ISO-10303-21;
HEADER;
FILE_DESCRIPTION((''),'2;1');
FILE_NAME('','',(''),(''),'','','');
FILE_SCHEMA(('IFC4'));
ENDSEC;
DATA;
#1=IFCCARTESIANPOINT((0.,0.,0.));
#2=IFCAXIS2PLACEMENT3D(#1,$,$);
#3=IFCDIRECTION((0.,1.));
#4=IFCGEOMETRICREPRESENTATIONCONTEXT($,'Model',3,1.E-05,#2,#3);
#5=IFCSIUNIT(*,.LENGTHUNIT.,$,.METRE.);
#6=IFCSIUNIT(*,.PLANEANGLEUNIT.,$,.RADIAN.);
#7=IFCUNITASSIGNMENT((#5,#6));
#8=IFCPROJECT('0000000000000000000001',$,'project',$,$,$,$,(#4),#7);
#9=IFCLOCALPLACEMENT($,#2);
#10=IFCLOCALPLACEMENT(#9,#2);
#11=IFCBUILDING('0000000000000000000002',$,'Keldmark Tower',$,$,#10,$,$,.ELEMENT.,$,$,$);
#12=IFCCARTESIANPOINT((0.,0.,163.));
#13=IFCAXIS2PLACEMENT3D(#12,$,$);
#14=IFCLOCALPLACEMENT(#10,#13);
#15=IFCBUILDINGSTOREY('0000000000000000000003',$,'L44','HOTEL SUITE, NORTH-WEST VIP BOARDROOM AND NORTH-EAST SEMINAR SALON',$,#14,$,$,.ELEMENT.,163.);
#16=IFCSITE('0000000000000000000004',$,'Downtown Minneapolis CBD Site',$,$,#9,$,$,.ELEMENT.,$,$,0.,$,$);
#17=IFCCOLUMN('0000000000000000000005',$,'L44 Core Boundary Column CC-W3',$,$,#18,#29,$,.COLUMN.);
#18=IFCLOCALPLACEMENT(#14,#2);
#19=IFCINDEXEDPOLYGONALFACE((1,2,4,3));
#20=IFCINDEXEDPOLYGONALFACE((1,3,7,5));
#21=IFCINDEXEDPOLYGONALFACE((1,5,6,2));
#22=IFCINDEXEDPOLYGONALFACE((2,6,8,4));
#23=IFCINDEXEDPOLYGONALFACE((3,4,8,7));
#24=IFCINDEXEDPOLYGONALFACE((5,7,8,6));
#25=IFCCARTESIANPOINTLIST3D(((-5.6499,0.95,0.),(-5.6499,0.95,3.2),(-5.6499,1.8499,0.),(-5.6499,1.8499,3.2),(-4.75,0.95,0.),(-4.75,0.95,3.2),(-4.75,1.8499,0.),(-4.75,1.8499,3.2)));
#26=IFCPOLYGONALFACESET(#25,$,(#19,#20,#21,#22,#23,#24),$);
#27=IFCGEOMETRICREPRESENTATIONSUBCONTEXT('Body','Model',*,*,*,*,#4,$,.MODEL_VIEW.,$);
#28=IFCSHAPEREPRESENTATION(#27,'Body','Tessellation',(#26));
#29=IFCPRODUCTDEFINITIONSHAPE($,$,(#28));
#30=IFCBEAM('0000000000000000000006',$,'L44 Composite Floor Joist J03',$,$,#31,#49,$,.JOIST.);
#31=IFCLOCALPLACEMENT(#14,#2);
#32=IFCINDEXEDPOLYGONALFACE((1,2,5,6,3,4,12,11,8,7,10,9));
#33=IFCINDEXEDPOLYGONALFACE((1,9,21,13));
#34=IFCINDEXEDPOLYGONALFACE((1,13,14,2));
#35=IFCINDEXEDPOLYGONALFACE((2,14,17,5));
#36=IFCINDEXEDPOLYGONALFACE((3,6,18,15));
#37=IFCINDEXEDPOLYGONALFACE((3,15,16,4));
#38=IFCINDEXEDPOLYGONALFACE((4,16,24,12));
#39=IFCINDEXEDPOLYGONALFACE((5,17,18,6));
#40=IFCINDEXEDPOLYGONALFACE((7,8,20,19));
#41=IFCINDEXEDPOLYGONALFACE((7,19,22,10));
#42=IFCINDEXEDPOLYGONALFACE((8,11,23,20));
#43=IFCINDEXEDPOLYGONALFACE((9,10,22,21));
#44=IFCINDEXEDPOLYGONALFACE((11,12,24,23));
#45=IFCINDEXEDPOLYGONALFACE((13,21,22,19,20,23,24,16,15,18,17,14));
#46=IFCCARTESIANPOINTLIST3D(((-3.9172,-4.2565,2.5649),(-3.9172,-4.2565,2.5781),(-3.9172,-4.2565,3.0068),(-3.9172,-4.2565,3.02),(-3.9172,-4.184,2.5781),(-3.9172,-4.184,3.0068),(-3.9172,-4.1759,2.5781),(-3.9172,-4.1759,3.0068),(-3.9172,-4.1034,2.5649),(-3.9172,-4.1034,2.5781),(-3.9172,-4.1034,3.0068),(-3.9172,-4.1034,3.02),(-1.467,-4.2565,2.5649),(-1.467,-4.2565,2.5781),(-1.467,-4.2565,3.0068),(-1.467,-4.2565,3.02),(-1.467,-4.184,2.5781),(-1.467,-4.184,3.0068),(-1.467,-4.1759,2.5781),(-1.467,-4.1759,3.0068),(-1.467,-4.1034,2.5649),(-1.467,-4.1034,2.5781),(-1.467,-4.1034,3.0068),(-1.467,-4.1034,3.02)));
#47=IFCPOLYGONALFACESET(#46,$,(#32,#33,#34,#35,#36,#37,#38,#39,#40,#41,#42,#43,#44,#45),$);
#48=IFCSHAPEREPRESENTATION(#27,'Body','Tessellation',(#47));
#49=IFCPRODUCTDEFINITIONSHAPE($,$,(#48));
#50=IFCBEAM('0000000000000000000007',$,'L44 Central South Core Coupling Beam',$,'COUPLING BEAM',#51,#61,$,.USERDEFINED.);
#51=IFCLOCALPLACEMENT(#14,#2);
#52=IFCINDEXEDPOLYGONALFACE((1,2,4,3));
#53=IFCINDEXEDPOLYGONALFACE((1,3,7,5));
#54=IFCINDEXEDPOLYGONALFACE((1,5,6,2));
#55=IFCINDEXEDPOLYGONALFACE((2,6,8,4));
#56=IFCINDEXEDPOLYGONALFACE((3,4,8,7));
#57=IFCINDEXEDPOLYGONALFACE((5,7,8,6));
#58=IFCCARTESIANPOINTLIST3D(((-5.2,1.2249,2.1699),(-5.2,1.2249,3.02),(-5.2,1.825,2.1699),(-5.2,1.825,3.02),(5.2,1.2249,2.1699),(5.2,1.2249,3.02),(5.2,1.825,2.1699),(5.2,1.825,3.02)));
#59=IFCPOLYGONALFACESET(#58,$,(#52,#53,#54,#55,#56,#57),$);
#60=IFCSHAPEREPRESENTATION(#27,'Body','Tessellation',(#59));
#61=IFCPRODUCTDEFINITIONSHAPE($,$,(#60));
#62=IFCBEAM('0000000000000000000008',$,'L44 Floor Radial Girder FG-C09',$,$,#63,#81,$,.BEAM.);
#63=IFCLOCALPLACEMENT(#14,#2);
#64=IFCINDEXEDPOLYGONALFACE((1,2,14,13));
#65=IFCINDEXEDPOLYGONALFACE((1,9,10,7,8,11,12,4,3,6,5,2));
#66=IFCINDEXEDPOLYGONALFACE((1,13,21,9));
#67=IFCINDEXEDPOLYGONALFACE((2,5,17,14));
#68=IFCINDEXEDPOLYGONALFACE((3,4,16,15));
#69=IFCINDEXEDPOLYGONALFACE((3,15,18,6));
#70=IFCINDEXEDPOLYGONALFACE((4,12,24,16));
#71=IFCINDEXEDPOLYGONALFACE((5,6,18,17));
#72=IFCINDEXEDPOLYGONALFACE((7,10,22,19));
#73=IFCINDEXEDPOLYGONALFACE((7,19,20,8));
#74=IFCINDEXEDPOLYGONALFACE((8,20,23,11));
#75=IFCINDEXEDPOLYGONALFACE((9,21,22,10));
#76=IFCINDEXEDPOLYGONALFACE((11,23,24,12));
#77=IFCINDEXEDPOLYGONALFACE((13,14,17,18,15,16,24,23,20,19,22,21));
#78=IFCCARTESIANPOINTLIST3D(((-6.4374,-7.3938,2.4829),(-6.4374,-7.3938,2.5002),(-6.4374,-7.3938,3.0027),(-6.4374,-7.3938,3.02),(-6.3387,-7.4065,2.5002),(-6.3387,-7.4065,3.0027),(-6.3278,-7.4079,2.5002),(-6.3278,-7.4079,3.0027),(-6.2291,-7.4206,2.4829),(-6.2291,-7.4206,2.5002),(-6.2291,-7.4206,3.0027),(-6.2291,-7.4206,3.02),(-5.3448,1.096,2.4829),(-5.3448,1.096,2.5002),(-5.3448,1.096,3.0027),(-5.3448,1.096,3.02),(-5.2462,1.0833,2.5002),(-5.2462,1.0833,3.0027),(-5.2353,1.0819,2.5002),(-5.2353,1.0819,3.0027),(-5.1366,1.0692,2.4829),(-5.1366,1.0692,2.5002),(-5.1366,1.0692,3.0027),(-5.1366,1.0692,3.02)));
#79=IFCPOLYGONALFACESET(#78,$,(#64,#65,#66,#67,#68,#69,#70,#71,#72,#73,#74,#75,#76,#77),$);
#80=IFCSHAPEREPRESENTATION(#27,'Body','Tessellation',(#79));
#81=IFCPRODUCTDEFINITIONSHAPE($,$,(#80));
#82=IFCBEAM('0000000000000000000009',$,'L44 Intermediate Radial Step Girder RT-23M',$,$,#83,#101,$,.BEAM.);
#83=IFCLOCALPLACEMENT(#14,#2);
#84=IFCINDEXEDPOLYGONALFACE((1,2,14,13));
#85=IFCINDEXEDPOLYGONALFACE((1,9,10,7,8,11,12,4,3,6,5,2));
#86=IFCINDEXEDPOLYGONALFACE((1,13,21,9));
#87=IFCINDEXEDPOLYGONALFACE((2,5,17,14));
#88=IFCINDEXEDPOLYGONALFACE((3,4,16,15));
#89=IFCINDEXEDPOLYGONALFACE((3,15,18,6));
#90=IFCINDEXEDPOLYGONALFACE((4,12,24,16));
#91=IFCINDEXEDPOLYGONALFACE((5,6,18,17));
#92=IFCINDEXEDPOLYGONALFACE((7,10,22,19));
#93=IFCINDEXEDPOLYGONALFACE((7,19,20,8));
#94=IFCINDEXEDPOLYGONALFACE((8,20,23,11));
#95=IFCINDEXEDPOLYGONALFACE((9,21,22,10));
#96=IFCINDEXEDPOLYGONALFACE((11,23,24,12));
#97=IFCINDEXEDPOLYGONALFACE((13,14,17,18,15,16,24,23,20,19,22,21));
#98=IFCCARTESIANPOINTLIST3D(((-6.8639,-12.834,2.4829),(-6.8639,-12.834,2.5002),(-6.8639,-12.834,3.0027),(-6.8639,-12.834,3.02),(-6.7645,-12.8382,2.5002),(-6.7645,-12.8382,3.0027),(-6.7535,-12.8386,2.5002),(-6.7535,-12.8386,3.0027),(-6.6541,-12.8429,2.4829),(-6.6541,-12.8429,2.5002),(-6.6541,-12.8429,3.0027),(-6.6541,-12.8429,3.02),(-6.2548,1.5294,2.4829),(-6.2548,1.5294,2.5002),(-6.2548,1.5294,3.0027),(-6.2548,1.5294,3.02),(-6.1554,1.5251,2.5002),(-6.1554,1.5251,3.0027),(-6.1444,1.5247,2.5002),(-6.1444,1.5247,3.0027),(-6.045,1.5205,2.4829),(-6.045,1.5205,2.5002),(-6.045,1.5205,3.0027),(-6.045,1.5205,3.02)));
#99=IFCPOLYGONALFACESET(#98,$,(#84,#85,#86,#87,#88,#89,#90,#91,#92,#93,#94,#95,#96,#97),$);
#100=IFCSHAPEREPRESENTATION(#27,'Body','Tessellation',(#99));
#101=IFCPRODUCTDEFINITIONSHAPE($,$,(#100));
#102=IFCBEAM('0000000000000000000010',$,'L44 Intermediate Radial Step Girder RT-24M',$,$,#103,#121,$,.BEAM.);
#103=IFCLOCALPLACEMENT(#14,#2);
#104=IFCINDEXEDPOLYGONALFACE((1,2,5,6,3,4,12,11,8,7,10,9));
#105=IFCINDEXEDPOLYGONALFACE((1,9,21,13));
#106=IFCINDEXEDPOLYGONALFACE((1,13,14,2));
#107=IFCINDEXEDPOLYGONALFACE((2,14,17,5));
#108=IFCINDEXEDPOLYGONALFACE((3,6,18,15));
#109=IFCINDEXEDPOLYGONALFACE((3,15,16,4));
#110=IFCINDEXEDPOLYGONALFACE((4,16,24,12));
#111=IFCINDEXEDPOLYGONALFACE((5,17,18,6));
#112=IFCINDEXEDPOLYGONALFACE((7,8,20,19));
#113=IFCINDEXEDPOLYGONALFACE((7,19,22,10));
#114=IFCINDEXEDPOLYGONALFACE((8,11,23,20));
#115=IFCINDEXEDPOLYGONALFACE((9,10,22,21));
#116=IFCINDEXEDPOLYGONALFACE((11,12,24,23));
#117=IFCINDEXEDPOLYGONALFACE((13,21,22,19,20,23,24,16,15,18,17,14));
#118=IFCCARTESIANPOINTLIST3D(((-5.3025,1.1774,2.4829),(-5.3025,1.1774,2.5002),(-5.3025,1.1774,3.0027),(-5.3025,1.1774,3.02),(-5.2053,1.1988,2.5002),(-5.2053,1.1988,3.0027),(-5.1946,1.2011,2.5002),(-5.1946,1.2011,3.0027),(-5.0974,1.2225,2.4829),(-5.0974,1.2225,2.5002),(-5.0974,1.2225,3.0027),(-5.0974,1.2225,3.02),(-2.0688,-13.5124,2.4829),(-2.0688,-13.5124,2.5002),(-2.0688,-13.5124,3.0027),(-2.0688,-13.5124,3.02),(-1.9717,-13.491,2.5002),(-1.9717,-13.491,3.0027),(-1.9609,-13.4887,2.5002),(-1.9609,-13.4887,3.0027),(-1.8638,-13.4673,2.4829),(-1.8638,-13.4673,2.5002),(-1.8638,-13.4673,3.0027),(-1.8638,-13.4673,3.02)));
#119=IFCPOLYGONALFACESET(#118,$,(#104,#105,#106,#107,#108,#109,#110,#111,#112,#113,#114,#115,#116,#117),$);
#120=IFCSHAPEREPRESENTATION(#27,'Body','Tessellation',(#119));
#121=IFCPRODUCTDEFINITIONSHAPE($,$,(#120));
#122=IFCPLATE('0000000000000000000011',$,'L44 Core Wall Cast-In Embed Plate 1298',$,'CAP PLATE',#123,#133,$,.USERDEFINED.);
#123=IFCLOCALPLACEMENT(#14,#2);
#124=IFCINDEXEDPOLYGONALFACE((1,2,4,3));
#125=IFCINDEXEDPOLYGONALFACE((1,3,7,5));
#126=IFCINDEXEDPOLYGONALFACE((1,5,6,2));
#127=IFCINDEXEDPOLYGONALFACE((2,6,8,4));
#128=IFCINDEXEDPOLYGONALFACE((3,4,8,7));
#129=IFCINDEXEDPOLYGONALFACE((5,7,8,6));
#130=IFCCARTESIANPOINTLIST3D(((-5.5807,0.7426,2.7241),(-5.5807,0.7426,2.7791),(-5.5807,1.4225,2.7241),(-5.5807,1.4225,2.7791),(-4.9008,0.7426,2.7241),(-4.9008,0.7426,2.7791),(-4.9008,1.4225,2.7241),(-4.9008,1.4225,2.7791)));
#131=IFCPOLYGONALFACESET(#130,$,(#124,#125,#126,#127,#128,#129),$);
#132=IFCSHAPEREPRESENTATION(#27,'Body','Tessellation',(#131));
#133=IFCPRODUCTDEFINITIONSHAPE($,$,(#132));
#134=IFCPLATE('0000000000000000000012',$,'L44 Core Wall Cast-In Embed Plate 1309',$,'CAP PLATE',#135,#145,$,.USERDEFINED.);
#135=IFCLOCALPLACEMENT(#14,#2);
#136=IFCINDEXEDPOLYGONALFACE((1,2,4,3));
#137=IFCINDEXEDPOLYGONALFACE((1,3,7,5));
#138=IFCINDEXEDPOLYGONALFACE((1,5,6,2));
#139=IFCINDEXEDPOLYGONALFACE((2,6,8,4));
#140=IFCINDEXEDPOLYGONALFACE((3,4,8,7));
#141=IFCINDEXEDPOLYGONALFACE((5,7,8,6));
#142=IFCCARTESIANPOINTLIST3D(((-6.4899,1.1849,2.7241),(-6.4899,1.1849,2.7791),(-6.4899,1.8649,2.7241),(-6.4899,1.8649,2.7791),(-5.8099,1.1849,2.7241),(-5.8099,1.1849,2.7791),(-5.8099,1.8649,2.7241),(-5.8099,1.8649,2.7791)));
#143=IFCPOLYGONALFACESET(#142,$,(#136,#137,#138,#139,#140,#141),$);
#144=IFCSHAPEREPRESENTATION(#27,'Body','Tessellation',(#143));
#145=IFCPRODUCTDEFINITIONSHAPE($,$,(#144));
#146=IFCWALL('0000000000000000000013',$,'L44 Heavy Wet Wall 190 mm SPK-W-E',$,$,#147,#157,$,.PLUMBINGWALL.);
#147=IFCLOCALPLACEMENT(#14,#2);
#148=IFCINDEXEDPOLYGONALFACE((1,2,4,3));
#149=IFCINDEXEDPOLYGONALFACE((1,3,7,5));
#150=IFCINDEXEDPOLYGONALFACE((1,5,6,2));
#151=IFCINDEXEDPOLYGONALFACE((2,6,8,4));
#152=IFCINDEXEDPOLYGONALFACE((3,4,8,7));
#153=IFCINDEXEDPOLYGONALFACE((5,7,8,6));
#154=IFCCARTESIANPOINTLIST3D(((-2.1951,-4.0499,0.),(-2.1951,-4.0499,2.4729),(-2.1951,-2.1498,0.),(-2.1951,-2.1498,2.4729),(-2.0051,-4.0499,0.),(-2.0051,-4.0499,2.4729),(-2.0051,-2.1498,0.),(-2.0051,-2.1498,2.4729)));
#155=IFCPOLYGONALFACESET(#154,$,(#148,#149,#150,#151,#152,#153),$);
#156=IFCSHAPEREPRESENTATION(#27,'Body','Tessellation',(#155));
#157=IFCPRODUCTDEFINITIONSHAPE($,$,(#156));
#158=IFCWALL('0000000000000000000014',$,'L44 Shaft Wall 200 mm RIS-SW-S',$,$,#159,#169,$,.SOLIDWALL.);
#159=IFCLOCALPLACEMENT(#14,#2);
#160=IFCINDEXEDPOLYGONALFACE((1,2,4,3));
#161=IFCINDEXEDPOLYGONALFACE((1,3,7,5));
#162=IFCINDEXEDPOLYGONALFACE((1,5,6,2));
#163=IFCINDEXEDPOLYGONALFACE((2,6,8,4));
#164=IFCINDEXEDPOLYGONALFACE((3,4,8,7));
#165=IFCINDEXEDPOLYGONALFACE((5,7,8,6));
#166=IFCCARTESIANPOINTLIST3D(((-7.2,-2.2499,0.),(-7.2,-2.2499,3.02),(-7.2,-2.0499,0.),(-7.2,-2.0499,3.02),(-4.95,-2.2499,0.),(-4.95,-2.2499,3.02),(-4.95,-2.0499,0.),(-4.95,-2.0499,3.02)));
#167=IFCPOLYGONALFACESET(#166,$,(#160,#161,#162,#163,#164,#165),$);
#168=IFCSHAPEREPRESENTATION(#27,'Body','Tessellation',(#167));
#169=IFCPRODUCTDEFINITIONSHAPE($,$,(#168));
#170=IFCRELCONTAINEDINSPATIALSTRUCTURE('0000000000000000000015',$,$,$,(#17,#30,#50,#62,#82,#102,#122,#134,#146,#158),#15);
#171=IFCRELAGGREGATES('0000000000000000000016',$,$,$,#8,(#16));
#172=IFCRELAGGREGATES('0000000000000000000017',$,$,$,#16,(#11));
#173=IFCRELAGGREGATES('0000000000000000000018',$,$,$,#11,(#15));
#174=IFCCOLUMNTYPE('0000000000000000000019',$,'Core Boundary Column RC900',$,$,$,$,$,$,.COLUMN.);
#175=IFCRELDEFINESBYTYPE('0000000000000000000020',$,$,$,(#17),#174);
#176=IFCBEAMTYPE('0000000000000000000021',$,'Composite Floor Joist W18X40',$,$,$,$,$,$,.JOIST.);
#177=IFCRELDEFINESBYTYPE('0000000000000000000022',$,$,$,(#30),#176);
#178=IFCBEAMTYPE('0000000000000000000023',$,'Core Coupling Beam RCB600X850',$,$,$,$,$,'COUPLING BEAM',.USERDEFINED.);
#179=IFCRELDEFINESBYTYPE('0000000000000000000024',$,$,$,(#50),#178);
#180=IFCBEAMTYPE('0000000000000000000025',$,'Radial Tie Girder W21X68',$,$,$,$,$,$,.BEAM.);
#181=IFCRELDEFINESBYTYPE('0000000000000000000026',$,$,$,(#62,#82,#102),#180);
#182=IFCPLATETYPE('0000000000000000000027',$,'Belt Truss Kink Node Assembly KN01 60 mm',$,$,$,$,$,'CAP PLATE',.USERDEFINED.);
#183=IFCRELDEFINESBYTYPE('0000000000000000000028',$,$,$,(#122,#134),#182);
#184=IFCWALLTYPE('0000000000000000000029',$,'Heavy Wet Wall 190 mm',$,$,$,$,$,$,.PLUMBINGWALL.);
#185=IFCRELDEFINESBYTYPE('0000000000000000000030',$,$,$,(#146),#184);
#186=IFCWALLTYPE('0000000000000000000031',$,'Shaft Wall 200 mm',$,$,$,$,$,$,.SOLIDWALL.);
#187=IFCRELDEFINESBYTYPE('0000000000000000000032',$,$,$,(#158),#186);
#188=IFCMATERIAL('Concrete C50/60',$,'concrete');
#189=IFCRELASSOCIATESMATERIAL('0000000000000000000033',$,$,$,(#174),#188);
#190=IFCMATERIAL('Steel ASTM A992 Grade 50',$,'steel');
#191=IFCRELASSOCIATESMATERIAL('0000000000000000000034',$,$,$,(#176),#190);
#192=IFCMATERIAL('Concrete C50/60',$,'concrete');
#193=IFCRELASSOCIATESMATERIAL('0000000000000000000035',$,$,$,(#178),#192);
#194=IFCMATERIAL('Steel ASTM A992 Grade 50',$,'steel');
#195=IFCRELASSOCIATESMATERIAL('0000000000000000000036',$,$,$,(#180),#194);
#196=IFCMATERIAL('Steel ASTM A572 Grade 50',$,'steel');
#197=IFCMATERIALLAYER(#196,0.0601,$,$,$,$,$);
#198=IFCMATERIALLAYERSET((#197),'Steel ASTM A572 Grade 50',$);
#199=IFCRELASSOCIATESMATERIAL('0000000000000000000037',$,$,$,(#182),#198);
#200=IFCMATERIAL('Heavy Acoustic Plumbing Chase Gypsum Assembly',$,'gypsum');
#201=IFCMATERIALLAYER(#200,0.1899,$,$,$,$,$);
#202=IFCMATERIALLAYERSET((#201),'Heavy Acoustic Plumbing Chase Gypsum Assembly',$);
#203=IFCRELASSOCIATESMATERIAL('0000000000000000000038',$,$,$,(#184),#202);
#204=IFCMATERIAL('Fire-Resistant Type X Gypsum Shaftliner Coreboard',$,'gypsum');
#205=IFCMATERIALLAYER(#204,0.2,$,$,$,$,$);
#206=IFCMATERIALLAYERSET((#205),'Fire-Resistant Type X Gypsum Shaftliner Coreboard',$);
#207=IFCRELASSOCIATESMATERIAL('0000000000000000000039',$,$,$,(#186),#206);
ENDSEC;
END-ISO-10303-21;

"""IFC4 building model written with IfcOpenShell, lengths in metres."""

from ifc_helpers import new_model, si_unit, direction, frame, frame_2d, origin, origin_2d, place, context, subcontext, project, spatial, rectangle, i_section, extrude, material, layer, layer_set, material_profile, profile_set, type_object, element, save


model = new_model("IFC4")

# Units and contexts
model_context = context("Model", 3, precision=1e-05, world=origin(), true_north=direction((0.0, 1.0)))
body_context = subcontext(model_context, "Body", "Model", "MODEL_VIEW")
ifc_project = project(units=[si_unit("LENGTHUNIT", "METRE"), si_unit("PLANEANGLEUNIT", "RADIAN")], contexts=[model_context])

# Site, building, storey
site_placement = place(None, origin())
site = spatial("IfcSite", under=ifc_project, at=site_placement, Name="Downtown Minneapolis CBD Site", CompositionType="ELEMENT", RefElevation=0.0)
building_placement = place(site_placement, origin())
building = spatial("IfcBuilding", under=site, at=building_placement, Name="Keldmark Tower", CompositionType="ELEMENT")
storey_placement = place(building_placement, frame((0.0, 0.0, 163.0)))
storey = spatial("IfcBuildingStorey", under=building, at=storey_placement, Name="L44", Description="HOTEL SUITE, NORTH-WEST VIP BOARDROOM AND NORTH-EAST SEMINAR SALON", CompositionType="ELEMENT", Elevation=163.0)

# Column
ifc_material_1 = material(Name="Concrete C50/60", Category="concrete")
ifc_material_profile_1 = material_profile(ifc_material_1, rectangle(XDim=0.8999, YDim=0.8999, at=origin_2d()), Name="RC900X900")
ifc_profile_set_1 = profile_set([ifc_material_profile_1], Name="Concrete C50/60")
column_type = type_object("IfcColumnType", Name="Core Boundary Column RC900", PredefinedType="COLUMN", material=ifc_profile_set_1)
column_placement = place(storey_placement, frame((-5.2, 1.3999, 0.0), z_axis=(0.0, 0.0, 1.0), x_axis=(1.0, 0.0, 0.0)))
element("IfcColumn", 1, at=column_placement, inside=storey, type_object=column_type, Name="L44 Core Boundary Column CC-W3", PredefinedType="COLUMN", context=body_context, shape_type="SweptSolid", body=[
    extrude(rectangle(XDim=0.8999, YDim=0.8999, at=origin_2d()), origin(), (0.0, 0.0, 1.0), 3.2),
])

# Beams
ifc_material_2 = material(Name="Steel ASTM A992 Grade 50", Category="steel")
ifc_material_profile_2 = material_profile(ifc_material_2, i_section(OverallWidth=0.1531, OverallDepth=0.4551, WebThickness=0.0081, FlangeThickness=0.0132, at=origin_2d()), Name="W18X40")
ifc_profile_set_2 = profile_set([ifc_material_profile_2], Name="Steel ASTM A992 Grade 50")
beam_type_1 = type_object("IfcBeamType", Name="Composite Floor Joist W18X40", PredefinedType="JOIST", material=ifc_profile_set_2)
beam_1_placement = place(storey_placement, frame((-3.9172, -4.1799, 2.7925), z_axis=(1.0, 0.0, 0.0), x_axis=(0.0, 1.0, 0.0)))
element("IfcBeam", 2, at=beam_1_placement, inside=storey, type_object=beam_type_1, Name="L44 Composite Floor Joist J03", PredefinedType="JOIST", context=body_context, shape_type="SweptSolid", body=[
    extrude(i_section(OverallWidth=0.1531, OverallDepth=0.4551, WebThickness=0.0081, FlangeThickness=0.0132, at=origin_2d()), origin(), (0.0, 0.0, 1.0), 2.4502),
])
ifc_material_3 = material(Name="Concrete C50/60", Category="concrete")
ifc_material_profile_3 = material_profile(ifc_material_3, rectangle(XDim=0.6001, YDim=0.8501, at=origin_2d()), Name="RCB600X850")
ifc_profile_set_3 = profile_set([ifc_material_profile_3], Name="Concrete C50/60")
beam_type_2 = type_object("IfcBeamType", Name="Core Coupling Beam RCB600X850", ElementType="COUPLING BEAM", PredefinedType="USERDEFINED", material=ifc_profile_set_3)
beam_2_placement = place(storey_placement, frame((-5.2, 1.5249, 2.595), z_axis=(1.0, 0.0, 0.0), x_axis=(0.0, 1.0, 0.0)))
element("IfcBeam", 3, at=beam_2_placement, inside=storey, type_object=beam_type_2, Name="L44 Central South Core Coupling Beam", ObjectType="COUPLING BEAM", PredefinedType="USERDEFINED", context=body_context, shape_type="SweptSolid", body=[
    extrude(rectangle(XDim=0.6001, YDim=0.8501, at=origin_2d()), origin(), (0.0, 0.0, 1.0), 10.3999),
])
ifc_material_4 = material(Name="Steel ASTM A992 Grade 50", Category="steel")
ifc_material_profile_4 = material_profile(ifc_material_4, i_section(OverallWidth=0.21, OverallDepth=0.5371, WebThickness=0.011, FlangeThickness=0.0173, at=origin_2d()), Name="W21X68")
ifc_profile_set_4 = profile_set([ifc_material_profile_4], Name="Steel ASTM A992 Grade 50")
beam_type_3 = type_object("IfcBeamType", Name="Radial Tie Girder W21X68", PredefinedType="BEAM", material=ifc_profile_set_4)
beam_3_placement = place(storey_placement, frame((-6.3333, -7.4072, 2.7515), z_axis=(0.127636, 0.991821, 0.0), x_axis=(-0.991821, 0.127636, 0.0)))
element("IfcBeam", 4, at=beam_3_placement, inside=storey, type_object=beam_type_3, Name="L44 Floor Radial Girder FG-C09", PredefinedType="BEAM", context=body_context, shape_type="SweptSolid", body=[
    extrude(i_section(OverallWidth=0.21, OverallDepth=0.5371, WebThickness=0.011, FlangeThickness=0.0173, at=origin_2d()), origin(), (0.0, 0.0, 1.0), 8.5598),
])
beam_4_placement = place(storey_placement, frame((-6.1499, 1.5249, 2.7515), z_axis=(-0.042371, -0.999102, 0.0), x_axis=(0.999102, -0.042371, 0.0)))
element("IfcBeam", 5, at=beam_4_placement, inside=storey, type_object=beam_type_3, Name="L44 Intermediate Radial Step Girder RT-23M", PredefinedType="BEAM", context=body_context, shape_type="SweptSolid", body=[
    extrude(i_section(OverallWidth=0.21, OverallDepth=0.5371, WebThickness=0.011, FlangeThickness=0.0173, at=origin_2d()), origin(), (0.0, 0.0, 1.0), 14.3762),
])
beam_5_placement = place(storey_placement, frame((-5.2, 1.2, 2.7515), z_axis=(0.214983, -0.976618, 0.0), x_axis=(0.976618, 0.214983, 0.0)))
element("IfcBeam", 6, at=beam_5_placement, inside=storey, type_object=beam_type_3, Name="L44 Intermediate Radial Step Girder RT-24M", PredefinedType="BEAM", context=body_context, shape_type="SweptSolid", body=[
    extrude(i_section(OverallWidth=0.21, OverallDepth=0.5371, WebThickness=0.011, FlangeThickness=0.0173, at=origin_2d()), origin(), (0.0, 0.0, 1.0), 15.0415),
])

# Plates
ifc_material_5 = material(Name="Steel ASTM A572 Grade 50", Category="steel")
ifc_layer_1 = layer(ifc_material_5, 0.0601)
ifc_layer_set_1 = layer_set([ifc_layer_1], Name="Steel ASTM A572 Grade 50")
plate_type = type_object("IfcPlateType", Name="Belt Truss Kink Node Assembly KN01 60 mm", ElementType="CAP PLATE", PredefinedType="USERDEFINED", material=ifc_layer_set_1)
for number, where, z_axis, x_axis, name in (
    (7, (-5.2407, 1.0825, 2.7241), (0.0, 0.0, 1.0), (1.0, 0.0, 0.0), "L44 Core Wall Cast-In Embed Plate 1298"),
    (8, (-6.1499, 1.5249, 2.7241), (0.0, 0.0, 1.0), (1.0, 0.0, 0.0), "L44 Core Wall Cast-In Embed Plate 1309"),
):
    element("IfcPlate", number, at=place(storey_placement, frame(where, z_axis=z_axis, x_axis=x_axis)), inside=storey, type_object=plate_type, Name=name, ObjectType="CAP PLATE", PredefinedType="USERDEFINED", context=body_context, shape_type="SweptSolid", body=[
        extrude(rectangle(XDim=0.6799, YDim=0.6799, at=origin_2d()), origin(), (0.0, 0.0, 1.0), 0.0549),
    ])

# Walls
ifc_material_6 = material(Name="Heavy Acoustic Plumbing Chase Gypsum Assembly", Category="gypsum")
ifc_layer_2 = layer(ifc_material_6, 0.1899)
ifc_layer_set_2 = layer_set([ifc_layer_2], Name="Heavy Acoustic Plumbing Chase Gypsum Assembly")
wall_type_1 = type_object("IfcWallType", Name="Heavy Wet Wall 190 mm", PredefinedType="PLUMBINGWALL", material=ifc_layer_set_2)
wall_1_placement = place(storey_placement, frame((-2.1001, -4.05, 0.0), z_axis=(0.0, 0.0, 1.0), x_axis=(0.0, 1.0, 0.0)))
element("IfcWall", 9, at=wall_1_placement, inside=storey, type_object=wall_type_1, Name="L44 Heavy Wet Wall 190 mm SPK-W-E", PredefinedType="PLUMBINGWALL", context=body_context, shape_type="SweptSolid", body=[
    extrude(rectangle(XDim=1.9001, YDim=0.1899, at=frame_2d((0.9502, 0.0))), origin(), (0.0, 0.0, 1.0), 2.4729),
])
ifc_material_7 = material(Name="Fire-Resistant Type X Gypsum Shaftliner Coreboard", Category="gypsum")
ifc_layer_3 = layer(ifc_material_7, 0.2)
ifc_layer_set_3 = layer_set([ifc_layer_3], Name="Fire-Resistant Type X Gypsum Shaftliner Coreboard")
wall_type_2 = type_object("IfcWallType", Name="Shaft Wall 200 mm", PredefinedType="SOLIDWALL", material=ifc_layer_set_3)
wall_2_placement = place(storey_placement, frame((-7.2, -2.1499, 0.0), z_axis=(0.0, 0.0, 1.0), x_axis=(1.0, 0.0, 0.0)))
element("IfcWall", 10, at=wall_2_placement, inside=storey, type_object=wall_type_2, Name="L44 Shaft Wall 200 mm RIS-SW-S", PredefinedType="SOLIDWALL", context=body_context, shape_type="SweptSolid", body=[
    extrude(rectangle(XDim=2.25, YDim=0.2, at=frame_2d((1.125, 0.0))), origin(), (0.0, 0.0, 1.0), 3.02),
])

save(model, "model.ifc")
